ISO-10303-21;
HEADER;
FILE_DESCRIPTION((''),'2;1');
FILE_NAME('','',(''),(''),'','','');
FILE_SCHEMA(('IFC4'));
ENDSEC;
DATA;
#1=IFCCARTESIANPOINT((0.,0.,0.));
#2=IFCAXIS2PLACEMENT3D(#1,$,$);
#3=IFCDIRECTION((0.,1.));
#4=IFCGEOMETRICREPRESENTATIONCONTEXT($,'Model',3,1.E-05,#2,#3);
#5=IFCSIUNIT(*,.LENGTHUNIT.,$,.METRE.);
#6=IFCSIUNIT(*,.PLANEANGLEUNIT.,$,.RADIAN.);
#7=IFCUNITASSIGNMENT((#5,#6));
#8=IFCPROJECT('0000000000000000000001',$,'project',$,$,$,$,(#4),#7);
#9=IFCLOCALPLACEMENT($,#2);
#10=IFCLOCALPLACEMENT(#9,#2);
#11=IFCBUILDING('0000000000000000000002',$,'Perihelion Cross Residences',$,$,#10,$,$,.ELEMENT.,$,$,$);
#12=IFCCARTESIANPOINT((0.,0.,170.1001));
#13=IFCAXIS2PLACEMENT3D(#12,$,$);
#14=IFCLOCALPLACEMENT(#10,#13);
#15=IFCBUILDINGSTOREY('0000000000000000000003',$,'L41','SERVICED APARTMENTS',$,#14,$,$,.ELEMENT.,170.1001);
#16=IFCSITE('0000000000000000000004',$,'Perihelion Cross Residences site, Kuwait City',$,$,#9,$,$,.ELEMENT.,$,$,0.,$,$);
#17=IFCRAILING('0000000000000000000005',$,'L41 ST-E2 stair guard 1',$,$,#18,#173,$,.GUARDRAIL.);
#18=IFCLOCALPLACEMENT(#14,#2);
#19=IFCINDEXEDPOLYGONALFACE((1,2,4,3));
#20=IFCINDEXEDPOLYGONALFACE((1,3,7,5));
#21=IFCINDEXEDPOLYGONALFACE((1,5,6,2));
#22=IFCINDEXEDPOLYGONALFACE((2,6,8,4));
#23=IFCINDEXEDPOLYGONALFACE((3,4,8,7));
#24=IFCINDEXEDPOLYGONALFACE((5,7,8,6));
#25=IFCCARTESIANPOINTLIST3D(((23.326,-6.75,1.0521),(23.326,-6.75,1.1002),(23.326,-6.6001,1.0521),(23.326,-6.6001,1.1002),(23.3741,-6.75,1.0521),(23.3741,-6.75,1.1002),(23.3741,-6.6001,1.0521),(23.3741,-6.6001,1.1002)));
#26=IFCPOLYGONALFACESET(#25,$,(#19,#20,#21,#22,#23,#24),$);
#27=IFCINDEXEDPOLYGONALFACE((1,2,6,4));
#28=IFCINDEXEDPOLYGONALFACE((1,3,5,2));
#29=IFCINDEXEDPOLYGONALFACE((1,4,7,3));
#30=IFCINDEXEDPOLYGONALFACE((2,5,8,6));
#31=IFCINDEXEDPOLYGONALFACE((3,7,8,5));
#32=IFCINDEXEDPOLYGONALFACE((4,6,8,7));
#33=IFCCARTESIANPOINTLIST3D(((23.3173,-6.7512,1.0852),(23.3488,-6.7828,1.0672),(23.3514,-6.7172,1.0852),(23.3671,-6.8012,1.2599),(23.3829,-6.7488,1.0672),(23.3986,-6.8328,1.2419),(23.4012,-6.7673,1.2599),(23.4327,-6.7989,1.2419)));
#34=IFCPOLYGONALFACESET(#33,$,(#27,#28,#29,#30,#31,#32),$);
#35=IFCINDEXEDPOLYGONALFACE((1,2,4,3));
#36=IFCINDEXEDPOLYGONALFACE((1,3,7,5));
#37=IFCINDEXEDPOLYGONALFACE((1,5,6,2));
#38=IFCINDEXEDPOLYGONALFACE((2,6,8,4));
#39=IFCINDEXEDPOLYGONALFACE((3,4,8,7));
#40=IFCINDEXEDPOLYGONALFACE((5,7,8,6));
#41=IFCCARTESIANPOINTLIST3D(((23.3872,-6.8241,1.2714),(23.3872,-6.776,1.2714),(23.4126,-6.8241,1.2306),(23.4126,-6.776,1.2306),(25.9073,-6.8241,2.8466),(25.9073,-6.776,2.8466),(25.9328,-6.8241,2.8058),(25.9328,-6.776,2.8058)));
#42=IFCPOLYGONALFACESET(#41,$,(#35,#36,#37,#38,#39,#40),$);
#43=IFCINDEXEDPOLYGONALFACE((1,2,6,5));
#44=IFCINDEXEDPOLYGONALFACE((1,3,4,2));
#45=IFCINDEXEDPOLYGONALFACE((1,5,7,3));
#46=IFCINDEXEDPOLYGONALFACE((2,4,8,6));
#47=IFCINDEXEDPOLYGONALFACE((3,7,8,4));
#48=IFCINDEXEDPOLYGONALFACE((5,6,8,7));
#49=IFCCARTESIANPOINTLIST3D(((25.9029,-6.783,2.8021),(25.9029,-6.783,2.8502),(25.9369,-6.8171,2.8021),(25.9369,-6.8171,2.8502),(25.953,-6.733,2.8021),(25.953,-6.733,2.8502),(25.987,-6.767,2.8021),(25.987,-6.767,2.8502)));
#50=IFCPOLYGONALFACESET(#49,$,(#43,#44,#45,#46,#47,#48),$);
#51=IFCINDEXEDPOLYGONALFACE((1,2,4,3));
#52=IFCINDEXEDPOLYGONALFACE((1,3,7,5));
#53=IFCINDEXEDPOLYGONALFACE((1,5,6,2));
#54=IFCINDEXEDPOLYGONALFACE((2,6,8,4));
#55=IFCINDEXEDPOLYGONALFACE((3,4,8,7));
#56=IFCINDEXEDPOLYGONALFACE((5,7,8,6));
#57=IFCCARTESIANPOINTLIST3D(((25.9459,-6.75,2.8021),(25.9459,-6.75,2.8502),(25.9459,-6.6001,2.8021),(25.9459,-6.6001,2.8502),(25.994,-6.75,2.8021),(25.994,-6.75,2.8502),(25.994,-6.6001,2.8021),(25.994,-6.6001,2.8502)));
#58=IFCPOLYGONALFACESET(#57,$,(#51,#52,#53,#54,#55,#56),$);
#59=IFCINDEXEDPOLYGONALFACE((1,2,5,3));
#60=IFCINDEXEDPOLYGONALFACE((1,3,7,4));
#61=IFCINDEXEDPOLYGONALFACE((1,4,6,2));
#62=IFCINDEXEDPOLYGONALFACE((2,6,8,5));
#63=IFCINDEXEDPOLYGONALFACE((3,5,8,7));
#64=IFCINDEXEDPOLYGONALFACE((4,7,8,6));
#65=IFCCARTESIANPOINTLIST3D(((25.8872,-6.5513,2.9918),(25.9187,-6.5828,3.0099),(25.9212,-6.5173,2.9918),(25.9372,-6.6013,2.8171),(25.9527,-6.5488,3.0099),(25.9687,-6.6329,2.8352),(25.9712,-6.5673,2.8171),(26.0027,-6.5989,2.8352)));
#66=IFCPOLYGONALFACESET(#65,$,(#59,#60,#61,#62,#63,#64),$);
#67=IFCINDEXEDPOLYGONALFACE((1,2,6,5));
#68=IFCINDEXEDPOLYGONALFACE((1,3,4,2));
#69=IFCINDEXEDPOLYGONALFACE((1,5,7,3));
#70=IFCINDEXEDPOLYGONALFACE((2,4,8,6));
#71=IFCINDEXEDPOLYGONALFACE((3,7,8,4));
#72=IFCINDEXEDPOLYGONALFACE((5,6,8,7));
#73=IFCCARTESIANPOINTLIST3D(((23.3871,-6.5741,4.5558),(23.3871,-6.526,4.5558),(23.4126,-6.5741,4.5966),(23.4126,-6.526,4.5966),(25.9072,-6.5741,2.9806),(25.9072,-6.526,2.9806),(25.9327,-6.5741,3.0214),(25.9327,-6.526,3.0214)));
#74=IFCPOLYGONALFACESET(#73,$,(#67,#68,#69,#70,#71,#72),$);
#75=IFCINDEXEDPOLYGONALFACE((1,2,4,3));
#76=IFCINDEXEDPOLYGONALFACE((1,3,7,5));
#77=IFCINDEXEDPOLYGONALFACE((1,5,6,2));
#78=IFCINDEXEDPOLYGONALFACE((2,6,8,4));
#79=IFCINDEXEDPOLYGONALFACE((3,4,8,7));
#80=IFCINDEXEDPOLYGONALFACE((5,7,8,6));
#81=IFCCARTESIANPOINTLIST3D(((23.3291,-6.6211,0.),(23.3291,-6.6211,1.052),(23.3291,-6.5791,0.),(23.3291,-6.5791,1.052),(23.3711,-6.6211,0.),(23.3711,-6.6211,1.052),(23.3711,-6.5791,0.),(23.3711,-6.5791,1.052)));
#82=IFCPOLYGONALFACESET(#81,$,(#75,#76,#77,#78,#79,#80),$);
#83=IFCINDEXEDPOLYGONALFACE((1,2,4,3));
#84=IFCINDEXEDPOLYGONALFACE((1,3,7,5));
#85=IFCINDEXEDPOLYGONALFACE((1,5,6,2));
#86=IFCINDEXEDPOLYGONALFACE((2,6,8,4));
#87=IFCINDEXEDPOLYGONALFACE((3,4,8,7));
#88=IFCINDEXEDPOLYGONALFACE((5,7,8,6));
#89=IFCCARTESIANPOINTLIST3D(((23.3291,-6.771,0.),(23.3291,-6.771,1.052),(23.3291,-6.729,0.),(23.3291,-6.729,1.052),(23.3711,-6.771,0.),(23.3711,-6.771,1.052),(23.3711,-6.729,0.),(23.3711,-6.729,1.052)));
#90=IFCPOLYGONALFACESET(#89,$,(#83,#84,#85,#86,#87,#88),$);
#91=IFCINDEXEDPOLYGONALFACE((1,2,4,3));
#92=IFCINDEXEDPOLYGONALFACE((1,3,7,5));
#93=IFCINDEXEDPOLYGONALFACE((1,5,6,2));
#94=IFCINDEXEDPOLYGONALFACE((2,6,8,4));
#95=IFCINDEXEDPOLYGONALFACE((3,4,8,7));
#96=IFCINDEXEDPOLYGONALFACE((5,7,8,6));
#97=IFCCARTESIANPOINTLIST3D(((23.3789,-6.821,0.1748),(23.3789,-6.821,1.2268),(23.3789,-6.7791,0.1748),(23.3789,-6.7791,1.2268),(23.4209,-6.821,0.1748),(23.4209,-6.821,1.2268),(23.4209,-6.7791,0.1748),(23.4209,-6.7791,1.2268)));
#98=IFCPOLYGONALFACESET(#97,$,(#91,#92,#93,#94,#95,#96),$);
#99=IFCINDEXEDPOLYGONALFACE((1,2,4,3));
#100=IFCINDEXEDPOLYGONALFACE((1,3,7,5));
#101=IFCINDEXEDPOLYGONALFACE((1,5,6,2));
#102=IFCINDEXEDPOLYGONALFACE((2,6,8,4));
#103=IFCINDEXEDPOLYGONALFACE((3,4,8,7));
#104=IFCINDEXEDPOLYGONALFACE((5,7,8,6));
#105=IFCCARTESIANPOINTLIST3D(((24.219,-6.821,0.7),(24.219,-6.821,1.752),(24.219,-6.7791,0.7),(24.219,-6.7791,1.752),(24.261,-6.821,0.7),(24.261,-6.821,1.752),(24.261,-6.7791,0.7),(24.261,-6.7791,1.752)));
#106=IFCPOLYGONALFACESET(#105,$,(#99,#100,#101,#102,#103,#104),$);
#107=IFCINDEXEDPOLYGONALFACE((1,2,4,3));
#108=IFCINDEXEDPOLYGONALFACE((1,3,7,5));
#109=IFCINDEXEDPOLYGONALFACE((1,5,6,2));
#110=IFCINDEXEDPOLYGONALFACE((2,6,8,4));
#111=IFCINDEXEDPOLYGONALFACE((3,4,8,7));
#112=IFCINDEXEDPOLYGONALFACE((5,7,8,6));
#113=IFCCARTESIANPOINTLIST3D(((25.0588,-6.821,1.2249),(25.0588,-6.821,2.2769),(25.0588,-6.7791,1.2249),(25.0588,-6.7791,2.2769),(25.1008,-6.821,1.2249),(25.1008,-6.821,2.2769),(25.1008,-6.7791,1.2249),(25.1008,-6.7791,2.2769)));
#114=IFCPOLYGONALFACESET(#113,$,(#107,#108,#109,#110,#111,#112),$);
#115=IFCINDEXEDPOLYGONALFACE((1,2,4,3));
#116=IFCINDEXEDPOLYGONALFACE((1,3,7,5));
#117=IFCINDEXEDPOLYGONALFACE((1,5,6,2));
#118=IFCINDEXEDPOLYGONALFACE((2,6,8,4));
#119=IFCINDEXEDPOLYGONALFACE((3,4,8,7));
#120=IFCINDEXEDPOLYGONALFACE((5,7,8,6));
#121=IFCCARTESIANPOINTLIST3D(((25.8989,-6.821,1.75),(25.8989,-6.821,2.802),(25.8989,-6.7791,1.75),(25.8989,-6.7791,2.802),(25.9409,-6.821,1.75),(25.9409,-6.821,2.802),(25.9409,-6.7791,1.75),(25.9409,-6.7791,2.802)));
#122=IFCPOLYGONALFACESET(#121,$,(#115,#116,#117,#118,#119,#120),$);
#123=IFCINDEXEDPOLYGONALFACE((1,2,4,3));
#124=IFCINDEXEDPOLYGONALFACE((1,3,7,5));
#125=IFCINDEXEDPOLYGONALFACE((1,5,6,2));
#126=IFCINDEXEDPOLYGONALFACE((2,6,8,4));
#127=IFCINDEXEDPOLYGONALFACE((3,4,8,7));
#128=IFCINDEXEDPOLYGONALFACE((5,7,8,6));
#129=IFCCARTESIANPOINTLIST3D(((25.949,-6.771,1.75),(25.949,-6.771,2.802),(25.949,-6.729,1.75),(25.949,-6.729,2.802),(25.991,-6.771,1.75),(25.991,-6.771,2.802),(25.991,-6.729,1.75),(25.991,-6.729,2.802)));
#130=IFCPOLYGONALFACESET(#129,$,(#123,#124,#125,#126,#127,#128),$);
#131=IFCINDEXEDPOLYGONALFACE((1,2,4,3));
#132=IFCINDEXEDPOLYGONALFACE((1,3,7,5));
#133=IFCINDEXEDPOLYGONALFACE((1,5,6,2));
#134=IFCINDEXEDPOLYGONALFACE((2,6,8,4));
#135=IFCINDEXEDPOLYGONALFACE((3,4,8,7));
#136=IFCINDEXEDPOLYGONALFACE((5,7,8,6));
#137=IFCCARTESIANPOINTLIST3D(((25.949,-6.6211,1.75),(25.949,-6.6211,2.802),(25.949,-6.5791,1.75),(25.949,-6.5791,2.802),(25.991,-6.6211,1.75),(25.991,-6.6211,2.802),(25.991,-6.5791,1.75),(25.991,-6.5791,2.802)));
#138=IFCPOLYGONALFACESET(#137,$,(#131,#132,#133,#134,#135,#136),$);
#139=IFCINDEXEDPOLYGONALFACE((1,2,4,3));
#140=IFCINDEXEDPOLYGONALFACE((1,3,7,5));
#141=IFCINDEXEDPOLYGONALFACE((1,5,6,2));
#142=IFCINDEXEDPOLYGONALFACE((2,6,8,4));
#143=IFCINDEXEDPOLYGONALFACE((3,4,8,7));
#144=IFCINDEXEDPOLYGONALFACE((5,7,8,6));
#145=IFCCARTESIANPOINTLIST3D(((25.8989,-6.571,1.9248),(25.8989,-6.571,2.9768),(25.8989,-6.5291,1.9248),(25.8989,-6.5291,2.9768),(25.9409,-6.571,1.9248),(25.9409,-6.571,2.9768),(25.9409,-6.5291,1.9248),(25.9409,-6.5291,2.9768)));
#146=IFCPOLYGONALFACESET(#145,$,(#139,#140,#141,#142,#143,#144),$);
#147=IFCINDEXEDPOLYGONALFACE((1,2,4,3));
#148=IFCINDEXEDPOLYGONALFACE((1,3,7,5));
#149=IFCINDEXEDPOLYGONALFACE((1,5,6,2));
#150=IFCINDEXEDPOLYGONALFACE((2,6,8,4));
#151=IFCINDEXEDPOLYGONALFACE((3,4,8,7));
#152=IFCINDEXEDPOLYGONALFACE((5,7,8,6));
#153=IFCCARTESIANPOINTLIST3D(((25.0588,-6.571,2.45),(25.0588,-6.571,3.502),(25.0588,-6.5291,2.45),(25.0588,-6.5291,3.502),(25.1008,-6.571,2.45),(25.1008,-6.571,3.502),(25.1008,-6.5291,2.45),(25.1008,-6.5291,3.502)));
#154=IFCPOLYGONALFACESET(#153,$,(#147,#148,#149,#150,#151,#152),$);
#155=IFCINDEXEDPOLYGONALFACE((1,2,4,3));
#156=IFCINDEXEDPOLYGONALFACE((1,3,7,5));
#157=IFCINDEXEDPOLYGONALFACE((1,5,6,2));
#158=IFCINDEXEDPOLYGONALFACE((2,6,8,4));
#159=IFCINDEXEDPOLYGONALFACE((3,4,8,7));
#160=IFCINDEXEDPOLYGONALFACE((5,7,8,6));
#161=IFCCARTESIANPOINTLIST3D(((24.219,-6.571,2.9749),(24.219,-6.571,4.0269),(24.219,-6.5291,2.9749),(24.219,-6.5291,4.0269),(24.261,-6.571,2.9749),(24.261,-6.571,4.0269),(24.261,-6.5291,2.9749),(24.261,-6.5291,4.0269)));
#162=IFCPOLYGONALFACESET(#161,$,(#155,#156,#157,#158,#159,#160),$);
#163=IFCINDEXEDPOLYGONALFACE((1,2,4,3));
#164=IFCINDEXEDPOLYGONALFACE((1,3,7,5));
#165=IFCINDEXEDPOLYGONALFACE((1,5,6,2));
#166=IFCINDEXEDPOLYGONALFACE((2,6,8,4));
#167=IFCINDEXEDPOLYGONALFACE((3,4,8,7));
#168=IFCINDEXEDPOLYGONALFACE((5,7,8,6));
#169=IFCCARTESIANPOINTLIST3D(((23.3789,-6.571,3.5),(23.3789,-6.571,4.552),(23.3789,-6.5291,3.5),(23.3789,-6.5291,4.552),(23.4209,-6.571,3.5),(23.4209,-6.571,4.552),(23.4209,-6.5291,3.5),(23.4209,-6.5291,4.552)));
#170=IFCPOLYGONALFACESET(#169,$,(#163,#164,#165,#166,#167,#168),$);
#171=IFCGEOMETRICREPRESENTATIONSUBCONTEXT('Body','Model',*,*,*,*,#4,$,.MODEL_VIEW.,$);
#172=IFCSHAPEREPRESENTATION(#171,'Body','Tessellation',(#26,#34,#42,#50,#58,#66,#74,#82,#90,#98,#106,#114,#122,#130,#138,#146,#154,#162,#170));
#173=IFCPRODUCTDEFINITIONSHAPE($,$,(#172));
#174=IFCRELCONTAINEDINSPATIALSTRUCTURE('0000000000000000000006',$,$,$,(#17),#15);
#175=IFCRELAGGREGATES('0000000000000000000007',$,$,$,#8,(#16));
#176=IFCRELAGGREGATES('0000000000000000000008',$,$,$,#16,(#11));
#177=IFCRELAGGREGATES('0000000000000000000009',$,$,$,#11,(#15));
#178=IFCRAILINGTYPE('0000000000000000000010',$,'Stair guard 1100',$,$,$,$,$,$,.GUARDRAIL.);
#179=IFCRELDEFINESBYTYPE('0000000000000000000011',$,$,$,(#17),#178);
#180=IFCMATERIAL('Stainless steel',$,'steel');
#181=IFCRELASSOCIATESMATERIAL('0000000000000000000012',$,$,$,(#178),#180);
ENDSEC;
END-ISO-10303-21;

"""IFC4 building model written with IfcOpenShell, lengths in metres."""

from ifc_helpers import new_model, si_unit, direction, frame, origin, origin_2d, place, context, subcontext, project, spatial, rectangle, extrude, material, type_object, element, save


model = new_model("IFC4")

# Units and contexts
model_context = context("Model", 3, precision=1e-05, world=origin(), true_north=direction((0.0, 1.0)))
body_context = subcontext(model_context, "Body", "Model", "MODEL_VIEW")
ifc_project = project(units=[si_unit("LENGTHUNIT", "METRE"), si_unit("PLANEANGLEUNIT", "RADIAN")], contexts=[model_context])

# Site, building, storey
site_placement = place(None, origin())
site = spatial("IfcSite", under=ifc_project, at=site_placement, Name="Perihelion Cross Residences site, Kuwait City", CompositionType="ELEMENT", RefElevation=0.0)
building_placement = place(site_placement, origin())
building = spatial("IfcBuilding", under=site, at=building_placement, Name="Perihelion Cross Residences", CompositionType="ELEMENT")
storey_placement = place(building_placement, frame((0.0, 0.0, 170.1001)))
storey = spatial("IfcBuildingStorey", under=building, at=storey_placement, Name="L41", Description="SERVICED APARTMENTS", CompositionType="ELEMENT", Elevation=170.1001)

# Railing
ifc_material_1 = material(Name="Stainless steel", Category="steel")
railing_type_1 = type_object("IfcRailingType", Name="Stair guard 1100", PredefinedType="GUARDRAIL", material=ifc_material_1)
railing_1_placement = place(storey_placement, frame((23.3501, -6.6001, 0.0)))
element("IfcRailing", 1, at=railing_1_placement, inside=storey, type_object=railing_type_1, Name="L41 ST-E2 stair guard 1", PredefinedType="GUARDRAIL", context=body_context, shape_type="SweptSolid", body=[
    extrude(rectangle(XDim=0.0481, YDim=0.0481, at=origin_2d()), frame((0.0, 0.0, 1.0762), z_axis=(0.0, -1.0, 0.0), x_axis=(1.0, 0.0, 0.0)), (0.0, 0.0, 1.0), 0.1499),
    extrude(rectangle(XDim=0.0481, YDim=0.0481, at=origin_2d()), frame((0.0, -0.1499, 1.0762), z_axis=(0.264179, -0.265474, 0.927218), x_axis=(0.708834, 0.705376, 0.0)), (0.0, 0.0, 1.0), 0.1885),
    extrude(rectangle(XDim=0.0481, YDim=0.0481, at=origin_2d()), frame((0.0498, -0.2, 1.251), z_axis=(0.847971, 0.0, 0.530043), x_axis=(0.0, 1.0, 0.0)), (0.0, 0.0, 1.0), 2.9719),
    extrude(rectangle(XDim=0.0481, YDim=0.0481, at=origin_2d()), frame((2.5698, -0.2, 2.8262), z_axis=(0.707107, 0.707107, 0.0), x_axis=(-0.707107, 0.707107, 0.0)), (0.0, 0.0, 1.0), 0.0708),
    extrude(rectangle(XDim=0.0481, YDim=0.0481, at=origin_2d()), frame((2.6199, -0.1499, 2.8262), z_axis=(0.0, 1.0, 0.0), x_axis=(-1.0, 0.0, 0.0)), (0.0, 0.0, 1.0), 0.1499),
    extrude(rectangle(XDim=0.0481, YDim=0.0481, at=origin_2d()), frame((2.6199, 0.0, 2.8262), z_axis=(-0.265383, 0.265383, 0.9269), x_axis=(-0.707107, -0.707107, 0.0)), (0.0, 0.0, 1.0), 0.1885),
    extrude(rectangle(XDim=0.0481, YDim=0.0481, at=origin_2d()), frame((2.5698, 0.05, 3.001), z_axis=(-0.847971, 0.0, 0.530043), x_axis=(0.0, -1.0, 0.0)), (0.0, 0.0, 1.0), 2.9719),
    extrude(rectangle(XDim=0.042, YDim=0.042, at=origin_2d()), origin(), (0.0, 0.0, 1.0), 1.052),
    extrude(rectangle(XDim=0.042, YDim=0.042, at=origin_2d()), frame((0.0, -0.1499, 0.0)), (0.0, 0.0, 1.0), 1.052),
    extrude(rectangle(XDim=0.042, YDim=0.042, at=origin_2d()), frame((0.0498, -0.2, 0.1748)), (0.0, 0.0, 1.0), 1.052),
    extrude(rectangle(XDim=0.042, YDim=0.042, at=origin_2d()), frame((0.8899, -0.2, 0.7)), (0.0, 0.0, 1.0), 1.052),
    extrude(rectangle(XDim=0.042, YDim=0.042, at=origin_2d()), frame((1.7297, -0.2, 1.2249)), (0.0, 0.0, 1.0), 1.052),
    extrude(rectangle(XDim=0.042, YDim=0.042, at=origin_2d()), frame((2.5698, -0.2, 1.75)), (0.0, 0.0, 1.0), 1.052),
    extrude(rectangle(XDim=0.042, YDim=0.042, at=origin_2d()), frame((2.6199, -0.1499, 1.75)), (0.0, 0.0, 1.0), 1.052),
    extrude(rectangle(XDim=0.042, YDim=0.042, at=origin_2d()), frame((2.6199, 0.0, 1.75)), (0.0, 0.0, 1.0), 1.052),
    extrude(rectangle(XDim=0.042, YDim=0.042, at=origin_2d()), frame((2.5698, 0.05, 1.9248)), (0.0, 0.0, 1.0), 1.052),
    extrude(rectangle(XDim=0.042, YDim=0.042, at=origin_2d()), frame((1.7297, 0.05, 2.45)), (0.0, 0.0, 1.0), 1.052),
    extrude(rectangle(XDim=0.042, YDim=0.042, at=origin_2d()), frame((0.8899, 0.05, 2.9749)), (0.0, 0.0, 1.0), 1.052),
    extrude(rectangle(XDim=0.042, YDim=0.042, at=origin_2d()), frame((0.0498, 0.05, 3.5)), (0.0, 0.0, 1.0), 1.052),
])

save(model, "model.ifc")
